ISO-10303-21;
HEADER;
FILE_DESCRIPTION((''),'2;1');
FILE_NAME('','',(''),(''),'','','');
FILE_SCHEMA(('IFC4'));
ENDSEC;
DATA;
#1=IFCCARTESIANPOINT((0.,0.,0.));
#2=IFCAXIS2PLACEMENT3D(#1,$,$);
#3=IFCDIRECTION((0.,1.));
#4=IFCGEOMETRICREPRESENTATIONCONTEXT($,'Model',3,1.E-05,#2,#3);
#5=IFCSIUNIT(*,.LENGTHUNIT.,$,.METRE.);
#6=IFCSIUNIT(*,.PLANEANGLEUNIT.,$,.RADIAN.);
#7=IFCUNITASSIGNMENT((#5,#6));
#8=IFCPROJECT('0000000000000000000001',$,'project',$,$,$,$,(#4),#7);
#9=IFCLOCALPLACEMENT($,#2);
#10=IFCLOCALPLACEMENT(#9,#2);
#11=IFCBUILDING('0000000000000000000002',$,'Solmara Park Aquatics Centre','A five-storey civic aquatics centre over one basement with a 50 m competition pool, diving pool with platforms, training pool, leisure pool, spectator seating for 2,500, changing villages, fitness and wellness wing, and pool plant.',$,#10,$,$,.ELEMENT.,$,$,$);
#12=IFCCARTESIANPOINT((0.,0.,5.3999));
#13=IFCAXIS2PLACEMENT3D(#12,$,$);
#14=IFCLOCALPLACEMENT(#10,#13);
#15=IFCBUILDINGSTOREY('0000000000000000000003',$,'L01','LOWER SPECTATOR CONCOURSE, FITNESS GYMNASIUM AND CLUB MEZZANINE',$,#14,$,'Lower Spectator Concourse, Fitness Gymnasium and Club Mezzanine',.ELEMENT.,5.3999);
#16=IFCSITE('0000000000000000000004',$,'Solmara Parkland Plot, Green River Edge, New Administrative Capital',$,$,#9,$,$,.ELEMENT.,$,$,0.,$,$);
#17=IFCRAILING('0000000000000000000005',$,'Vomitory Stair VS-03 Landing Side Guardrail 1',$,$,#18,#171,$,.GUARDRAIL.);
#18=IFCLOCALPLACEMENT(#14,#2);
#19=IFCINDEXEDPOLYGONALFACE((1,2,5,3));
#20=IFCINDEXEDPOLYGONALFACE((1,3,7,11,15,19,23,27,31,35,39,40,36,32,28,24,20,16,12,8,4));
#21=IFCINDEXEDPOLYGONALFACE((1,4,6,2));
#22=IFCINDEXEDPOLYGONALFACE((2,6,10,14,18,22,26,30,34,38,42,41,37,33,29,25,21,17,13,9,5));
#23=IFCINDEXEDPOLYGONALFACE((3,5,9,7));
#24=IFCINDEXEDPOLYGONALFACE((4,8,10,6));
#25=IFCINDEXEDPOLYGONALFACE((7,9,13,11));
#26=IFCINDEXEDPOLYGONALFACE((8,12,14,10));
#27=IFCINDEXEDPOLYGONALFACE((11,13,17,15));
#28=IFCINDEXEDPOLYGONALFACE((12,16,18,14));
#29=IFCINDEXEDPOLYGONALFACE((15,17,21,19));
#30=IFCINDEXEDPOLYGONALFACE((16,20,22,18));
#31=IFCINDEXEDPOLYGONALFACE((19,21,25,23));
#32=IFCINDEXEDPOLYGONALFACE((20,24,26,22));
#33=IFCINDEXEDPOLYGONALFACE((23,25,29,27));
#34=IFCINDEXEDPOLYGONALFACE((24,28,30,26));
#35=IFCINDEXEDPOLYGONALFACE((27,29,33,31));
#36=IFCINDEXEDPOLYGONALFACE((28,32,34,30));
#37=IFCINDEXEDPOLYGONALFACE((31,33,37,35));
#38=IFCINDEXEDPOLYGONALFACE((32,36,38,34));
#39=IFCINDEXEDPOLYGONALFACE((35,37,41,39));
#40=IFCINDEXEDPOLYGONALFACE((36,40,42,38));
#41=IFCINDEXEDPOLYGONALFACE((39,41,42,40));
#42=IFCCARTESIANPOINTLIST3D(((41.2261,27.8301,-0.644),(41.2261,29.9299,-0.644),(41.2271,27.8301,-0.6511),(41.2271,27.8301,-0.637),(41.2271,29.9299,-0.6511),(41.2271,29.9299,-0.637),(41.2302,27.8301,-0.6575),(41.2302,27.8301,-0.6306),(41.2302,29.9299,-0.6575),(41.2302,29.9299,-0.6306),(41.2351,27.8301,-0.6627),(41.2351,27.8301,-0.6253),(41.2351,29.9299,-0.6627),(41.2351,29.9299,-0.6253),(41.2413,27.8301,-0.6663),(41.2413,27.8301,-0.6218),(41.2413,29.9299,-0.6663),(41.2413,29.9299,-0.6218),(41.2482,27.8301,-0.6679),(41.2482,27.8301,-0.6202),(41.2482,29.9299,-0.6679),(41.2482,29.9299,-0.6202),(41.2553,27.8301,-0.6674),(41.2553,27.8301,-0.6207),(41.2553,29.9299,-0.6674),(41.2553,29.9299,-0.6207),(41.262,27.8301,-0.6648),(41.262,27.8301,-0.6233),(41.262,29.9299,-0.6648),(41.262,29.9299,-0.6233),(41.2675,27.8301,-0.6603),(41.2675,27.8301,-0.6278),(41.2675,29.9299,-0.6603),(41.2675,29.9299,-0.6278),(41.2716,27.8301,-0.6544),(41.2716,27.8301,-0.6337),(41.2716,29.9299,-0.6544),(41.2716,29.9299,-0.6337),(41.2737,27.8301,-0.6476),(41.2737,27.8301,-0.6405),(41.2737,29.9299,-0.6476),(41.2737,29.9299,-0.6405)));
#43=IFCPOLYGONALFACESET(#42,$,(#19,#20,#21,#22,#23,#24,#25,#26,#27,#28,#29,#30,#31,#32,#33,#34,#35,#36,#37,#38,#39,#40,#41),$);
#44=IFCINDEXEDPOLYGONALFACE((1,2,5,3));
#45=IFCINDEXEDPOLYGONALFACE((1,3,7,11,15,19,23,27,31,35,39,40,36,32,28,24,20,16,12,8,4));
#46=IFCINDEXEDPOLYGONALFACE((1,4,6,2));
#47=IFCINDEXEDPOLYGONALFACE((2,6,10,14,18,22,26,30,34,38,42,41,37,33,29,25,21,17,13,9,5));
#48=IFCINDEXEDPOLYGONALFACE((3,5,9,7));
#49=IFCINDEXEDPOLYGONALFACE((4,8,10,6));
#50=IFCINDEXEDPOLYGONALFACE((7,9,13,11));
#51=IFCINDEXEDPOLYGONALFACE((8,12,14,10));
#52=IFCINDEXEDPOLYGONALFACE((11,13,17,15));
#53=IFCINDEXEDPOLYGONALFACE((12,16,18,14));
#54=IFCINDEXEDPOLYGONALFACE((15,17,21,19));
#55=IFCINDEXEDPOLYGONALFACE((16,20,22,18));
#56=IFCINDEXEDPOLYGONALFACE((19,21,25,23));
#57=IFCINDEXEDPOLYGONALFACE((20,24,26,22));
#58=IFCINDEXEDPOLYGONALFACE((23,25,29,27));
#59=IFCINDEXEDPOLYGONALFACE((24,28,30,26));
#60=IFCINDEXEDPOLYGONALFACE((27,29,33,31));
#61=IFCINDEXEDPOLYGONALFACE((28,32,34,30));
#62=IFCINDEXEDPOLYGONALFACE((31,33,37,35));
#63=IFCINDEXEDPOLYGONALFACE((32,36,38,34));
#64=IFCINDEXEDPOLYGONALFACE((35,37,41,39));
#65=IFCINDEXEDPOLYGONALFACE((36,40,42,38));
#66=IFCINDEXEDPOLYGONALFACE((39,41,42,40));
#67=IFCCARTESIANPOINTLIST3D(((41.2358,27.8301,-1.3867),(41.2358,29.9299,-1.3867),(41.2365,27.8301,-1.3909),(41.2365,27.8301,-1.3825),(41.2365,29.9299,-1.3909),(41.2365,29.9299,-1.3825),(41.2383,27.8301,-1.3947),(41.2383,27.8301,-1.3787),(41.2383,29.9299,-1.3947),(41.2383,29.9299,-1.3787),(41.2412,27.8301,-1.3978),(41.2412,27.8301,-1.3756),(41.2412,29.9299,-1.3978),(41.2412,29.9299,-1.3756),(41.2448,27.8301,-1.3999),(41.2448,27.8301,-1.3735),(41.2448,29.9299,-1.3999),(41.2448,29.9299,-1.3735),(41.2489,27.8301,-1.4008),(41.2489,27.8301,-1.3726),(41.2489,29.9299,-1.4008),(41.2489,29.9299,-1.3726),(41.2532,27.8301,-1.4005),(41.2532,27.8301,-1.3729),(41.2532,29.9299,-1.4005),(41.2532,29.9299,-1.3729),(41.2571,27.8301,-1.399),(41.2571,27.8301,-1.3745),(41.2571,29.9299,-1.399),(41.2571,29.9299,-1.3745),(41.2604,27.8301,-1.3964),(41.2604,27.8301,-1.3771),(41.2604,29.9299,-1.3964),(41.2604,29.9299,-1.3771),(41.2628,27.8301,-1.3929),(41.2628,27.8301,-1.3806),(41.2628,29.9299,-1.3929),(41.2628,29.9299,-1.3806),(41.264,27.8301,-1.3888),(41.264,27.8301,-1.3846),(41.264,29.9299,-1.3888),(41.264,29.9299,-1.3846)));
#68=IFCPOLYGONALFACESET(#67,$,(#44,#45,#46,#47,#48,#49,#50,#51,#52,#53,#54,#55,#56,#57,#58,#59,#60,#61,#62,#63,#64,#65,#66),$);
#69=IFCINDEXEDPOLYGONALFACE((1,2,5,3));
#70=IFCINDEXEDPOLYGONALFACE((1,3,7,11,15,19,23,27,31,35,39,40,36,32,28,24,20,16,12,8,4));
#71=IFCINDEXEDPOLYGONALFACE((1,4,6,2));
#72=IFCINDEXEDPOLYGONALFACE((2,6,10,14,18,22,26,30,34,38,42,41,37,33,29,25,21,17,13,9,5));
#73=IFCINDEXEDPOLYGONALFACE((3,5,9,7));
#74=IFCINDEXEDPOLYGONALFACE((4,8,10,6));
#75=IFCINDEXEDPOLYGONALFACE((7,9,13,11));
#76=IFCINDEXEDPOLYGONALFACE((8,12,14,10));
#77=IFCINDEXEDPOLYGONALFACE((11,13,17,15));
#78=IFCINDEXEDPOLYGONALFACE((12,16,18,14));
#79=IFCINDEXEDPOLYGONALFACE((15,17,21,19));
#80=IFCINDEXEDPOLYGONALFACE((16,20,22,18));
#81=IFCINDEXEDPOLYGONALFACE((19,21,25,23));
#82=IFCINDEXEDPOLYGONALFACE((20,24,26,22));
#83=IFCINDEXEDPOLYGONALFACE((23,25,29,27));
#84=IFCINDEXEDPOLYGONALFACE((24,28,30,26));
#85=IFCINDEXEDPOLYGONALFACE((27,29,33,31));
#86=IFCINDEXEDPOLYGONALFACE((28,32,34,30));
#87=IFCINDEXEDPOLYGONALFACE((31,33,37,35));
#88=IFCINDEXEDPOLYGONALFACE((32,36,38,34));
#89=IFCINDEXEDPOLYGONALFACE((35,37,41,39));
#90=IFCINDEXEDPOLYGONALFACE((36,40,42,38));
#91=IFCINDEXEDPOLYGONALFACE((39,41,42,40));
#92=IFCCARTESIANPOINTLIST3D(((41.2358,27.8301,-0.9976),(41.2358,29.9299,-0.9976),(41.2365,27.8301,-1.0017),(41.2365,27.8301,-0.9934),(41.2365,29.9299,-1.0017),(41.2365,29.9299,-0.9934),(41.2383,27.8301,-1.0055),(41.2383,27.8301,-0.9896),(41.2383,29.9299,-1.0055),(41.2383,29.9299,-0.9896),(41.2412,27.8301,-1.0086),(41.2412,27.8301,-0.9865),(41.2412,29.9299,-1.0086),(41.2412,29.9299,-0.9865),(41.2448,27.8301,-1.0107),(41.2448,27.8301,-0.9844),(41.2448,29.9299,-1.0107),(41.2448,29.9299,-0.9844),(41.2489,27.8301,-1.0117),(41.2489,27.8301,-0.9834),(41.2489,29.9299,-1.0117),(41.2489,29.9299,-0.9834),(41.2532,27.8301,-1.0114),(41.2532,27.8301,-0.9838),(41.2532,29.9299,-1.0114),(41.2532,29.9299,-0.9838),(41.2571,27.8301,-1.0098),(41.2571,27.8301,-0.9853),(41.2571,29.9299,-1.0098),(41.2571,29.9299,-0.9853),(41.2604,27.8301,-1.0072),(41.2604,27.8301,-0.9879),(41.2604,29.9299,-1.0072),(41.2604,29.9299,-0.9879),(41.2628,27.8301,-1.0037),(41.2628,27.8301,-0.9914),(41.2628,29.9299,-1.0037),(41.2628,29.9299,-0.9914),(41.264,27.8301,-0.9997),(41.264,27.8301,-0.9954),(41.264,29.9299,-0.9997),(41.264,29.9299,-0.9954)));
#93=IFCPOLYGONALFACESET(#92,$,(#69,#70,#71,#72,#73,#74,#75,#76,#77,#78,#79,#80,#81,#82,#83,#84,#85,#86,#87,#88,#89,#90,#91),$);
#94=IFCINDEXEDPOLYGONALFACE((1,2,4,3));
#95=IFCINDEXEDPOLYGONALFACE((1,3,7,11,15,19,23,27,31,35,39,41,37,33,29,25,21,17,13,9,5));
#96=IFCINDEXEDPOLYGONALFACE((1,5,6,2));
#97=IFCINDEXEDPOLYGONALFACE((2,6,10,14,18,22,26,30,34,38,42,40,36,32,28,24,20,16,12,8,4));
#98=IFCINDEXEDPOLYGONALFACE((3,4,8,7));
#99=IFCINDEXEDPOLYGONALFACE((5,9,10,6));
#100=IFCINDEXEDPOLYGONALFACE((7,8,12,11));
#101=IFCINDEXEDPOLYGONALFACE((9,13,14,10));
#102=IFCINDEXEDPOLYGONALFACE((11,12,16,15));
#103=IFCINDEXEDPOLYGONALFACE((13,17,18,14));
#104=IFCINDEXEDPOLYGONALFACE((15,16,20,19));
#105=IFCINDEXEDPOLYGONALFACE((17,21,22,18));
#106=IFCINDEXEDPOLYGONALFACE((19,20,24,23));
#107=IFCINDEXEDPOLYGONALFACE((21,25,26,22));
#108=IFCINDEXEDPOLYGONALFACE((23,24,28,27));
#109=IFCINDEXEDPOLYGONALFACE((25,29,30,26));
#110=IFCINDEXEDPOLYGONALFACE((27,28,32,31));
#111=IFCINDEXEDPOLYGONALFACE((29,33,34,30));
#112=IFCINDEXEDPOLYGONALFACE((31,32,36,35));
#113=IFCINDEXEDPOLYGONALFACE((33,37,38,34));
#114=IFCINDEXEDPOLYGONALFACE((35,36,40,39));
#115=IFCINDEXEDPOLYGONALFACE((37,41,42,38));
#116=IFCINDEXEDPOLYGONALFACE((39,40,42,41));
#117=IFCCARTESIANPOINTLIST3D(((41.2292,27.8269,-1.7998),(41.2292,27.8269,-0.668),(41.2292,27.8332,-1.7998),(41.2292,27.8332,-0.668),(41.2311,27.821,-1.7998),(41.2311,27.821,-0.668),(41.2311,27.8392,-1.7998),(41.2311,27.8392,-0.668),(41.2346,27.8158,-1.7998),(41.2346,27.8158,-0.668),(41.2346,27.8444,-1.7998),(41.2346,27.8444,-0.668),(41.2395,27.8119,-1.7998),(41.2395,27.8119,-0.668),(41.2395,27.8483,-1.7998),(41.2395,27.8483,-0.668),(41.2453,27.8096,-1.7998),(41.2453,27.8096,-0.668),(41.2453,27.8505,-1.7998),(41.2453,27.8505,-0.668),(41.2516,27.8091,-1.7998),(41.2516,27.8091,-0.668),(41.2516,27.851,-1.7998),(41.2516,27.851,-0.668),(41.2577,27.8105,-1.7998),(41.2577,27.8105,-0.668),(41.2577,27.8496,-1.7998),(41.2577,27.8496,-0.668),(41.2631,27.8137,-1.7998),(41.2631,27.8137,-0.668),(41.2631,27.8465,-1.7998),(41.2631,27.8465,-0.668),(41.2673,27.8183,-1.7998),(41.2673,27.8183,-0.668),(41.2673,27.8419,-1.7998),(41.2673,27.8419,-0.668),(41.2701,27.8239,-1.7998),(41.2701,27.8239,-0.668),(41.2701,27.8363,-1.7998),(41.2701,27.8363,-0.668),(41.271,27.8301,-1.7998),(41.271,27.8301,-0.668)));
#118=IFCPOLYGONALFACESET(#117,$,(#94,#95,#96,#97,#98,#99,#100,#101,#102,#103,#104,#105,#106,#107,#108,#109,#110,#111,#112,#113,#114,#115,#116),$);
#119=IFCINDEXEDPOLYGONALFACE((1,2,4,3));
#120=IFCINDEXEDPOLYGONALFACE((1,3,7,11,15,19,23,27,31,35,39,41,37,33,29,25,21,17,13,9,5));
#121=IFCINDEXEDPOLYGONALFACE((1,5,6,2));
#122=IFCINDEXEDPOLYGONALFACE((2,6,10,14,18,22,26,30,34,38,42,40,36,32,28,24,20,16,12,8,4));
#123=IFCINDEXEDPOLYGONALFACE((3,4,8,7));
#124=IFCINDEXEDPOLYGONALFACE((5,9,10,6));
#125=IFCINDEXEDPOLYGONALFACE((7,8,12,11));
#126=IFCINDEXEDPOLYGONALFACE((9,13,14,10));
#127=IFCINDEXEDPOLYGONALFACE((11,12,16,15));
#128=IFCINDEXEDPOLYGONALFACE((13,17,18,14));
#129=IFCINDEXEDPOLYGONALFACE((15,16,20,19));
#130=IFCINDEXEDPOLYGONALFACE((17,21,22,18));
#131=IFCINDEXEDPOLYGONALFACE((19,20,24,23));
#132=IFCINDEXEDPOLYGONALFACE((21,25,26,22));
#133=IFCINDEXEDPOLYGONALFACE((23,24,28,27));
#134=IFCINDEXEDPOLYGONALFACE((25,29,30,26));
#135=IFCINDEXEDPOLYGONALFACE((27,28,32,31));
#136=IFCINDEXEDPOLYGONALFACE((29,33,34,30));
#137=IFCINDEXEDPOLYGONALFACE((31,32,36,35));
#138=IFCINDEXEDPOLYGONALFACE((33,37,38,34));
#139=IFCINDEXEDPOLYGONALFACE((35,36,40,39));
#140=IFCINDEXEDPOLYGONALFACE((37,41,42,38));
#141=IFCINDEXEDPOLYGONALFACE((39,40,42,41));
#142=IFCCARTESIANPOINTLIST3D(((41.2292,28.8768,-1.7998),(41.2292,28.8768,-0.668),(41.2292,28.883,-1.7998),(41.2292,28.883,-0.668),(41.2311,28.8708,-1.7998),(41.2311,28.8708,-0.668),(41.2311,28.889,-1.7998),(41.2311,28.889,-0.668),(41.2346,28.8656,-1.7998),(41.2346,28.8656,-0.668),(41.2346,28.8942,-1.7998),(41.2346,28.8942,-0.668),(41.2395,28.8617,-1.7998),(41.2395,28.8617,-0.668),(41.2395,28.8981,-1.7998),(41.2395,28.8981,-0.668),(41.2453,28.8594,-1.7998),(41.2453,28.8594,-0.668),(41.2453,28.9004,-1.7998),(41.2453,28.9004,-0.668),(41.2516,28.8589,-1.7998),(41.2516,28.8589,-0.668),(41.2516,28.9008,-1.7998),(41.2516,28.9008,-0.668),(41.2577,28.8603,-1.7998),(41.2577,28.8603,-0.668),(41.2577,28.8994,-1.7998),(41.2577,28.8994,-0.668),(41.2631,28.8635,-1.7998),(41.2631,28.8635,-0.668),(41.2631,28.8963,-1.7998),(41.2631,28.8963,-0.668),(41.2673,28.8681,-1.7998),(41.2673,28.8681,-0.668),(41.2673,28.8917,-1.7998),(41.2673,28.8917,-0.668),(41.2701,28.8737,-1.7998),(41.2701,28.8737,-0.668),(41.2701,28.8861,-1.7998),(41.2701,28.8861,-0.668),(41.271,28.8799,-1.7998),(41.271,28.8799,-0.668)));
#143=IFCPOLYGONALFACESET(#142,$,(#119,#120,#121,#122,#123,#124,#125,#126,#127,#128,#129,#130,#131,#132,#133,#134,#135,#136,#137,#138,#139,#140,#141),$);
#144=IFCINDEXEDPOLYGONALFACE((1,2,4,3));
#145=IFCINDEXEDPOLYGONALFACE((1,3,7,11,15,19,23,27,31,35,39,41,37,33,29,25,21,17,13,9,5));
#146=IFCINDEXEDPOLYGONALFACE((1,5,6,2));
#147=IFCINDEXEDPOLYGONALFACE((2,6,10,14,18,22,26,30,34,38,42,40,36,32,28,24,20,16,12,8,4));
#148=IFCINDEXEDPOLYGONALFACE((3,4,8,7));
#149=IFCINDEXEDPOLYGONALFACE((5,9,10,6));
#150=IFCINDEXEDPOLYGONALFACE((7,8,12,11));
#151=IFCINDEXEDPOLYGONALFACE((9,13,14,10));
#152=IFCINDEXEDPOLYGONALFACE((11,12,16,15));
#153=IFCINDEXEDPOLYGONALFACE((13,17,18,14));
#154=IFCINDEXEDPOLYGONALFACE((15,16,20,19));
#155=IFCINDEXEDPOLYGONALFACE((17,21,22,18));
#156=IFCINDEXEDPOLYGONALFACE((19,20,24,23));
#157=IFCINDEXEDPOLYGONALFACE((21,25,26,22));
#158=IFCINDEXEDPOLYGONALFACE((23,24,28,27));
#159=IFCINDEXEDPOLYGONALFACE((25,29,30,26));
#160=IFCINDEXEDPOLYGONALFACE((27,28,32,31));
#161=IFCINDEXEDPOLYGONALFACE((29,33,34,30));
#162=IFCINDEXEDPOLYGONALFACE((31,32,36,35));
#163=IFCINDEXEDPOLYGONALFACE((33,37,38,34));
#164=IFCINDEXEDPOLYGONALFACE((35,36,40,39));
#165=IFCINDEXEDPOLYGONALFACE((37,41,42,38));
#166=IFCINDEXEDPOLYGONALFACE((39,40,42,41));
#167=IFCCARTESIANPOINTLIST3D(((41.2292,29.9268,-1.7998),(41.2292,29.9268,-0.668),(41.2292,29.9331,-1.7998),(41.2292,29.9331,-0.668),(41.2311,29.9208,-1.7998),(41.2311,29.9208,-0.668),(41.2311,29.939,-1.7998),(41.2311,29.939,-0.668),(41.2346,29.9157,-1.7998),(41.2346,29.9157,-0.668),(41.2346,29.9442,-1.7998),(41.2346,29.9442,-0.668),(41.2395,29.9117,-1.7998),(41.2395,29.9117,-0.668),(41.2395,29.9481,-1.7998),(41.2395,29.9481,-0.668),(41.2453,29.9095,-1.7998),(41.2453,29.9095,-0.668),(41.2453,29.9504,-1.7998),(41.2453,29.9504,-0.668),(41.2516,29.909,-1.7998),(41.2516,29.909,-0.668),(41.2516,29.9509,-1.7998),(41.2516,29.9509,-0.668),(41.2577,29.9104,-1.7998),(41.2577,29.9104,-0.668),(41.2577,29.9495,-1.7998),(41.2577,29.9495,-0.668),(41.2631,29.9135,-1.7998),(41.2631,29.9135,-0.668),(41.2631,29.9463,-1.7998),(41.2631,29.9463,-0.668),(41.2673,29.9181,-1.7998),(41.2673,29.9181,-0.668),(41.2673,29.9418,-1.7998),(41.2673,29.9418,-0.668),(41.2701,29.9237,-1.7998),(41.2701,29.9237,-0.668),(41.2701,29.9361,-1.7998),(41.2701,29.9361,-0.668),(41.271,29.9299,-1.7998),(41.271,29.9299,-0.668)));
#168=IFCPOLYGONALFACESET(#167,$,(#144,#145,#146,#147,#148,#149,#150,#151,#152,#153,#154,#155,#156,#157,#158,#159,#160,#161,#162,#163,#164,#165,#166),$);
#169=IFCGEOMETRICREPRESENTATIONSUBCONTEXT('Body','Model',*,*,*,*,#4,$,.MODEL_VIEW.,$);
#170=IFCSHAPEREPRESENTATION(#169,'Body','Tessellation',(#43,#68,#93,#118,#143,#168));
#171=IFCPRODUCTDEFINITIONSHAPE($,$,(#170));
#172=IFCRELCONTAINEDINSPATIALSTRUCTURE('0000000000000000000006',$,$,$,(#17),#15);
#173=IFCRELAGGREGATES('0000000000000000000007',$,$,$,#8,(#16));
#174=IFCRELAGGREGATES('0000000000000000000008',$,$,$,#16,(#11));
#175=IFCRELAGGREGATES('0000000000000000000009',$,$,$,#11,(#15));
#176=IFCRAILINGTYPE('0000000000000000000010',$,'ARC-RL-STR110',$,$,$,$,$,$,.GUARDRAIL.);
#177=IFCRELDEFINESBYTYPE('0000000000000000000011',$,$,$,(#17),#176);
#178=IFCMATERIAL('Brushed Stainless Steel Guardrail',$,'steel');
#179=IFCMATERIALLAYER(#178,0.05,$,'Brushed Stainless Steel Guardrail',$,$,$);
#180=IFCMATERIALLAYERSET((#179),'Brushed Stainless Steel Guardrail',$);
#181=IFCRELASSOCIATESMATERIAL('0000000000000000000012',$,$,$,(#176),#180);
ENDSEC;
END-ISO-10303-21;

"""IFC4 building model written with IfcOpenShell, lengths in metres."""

from ifc_helpers import new_model, si_unit, direction, frame, origin, origin_2d, place, context, subcontext, project, spatial, circle, extrude, material, layer, layer_set, type_object, element, save


model = new_model("IFC4")

# Units and contexts
model_context = context("Model", 3, precision=1e-05, world=origin(), true_north=direction((0.0, 1.0)))
body_context = subcontext(model_context, "Body", "Model", "MODEL_VIEW")
ifc_project = project(units=[si_unit("LENGTHUNIT", "METRE"), si_unit("PLANEANGLEUNIT", "RADIAN")], contexts=[model_context])

# Site, building, storey
site_placement = place(None, origin())
site = spatial("IfcSite", under=ifc_project, at=site_placement, Name="Solmara Parkland Plot, Green River Edge, New Administrative Capital", CompositionType="ELEMENT", RefElevation=0.0)
building_placement = place(site_placement, origin())
building = spatial("IfcBuilding", under=site, at=building_placement, Name="Solmara Park Aquatics Centre", Description="A five-storey civic aquatics centre over one basement with a 50 m competition pool, diving pool with platforms, training pool, leisure pool, spectator seating for 2,500, changing villages, fitness and wellness wing, and pool plant.", CompositionType="ELEMENT")
storey_placement = place(building_placement, frame((0.0, 0.0, 5.3999)))
storey = spatial("IfcBuildingStorey", under=building, at=storey_placement, Name="L01", Description="LOWER SPECTATOR CONCOURSE, FITNESS GYMNASIUM AND CLUB MEZZANINE", LongName="Lower Spectator Concourse, Fitness Gymnasium and Club Mezzanine", CompositionType="ELEMENT", Elevation=5.3999)

# Railing
ifc_material_1 = material(Name="Brushed Stainless Steel Guardrail", Category="steel")
ifc_layer_1 = layer(ifc_material_1, 0.05, Name="Brushed Stainless Steel Guardrail")
ifc_layer_set_1 = layer_set([ifc_layer_1], Name="Brushed Stainless Steel Guardrail")
railing_type_1 = type_object("IfcRailingType", Name="ARC-RL-STR110", PredefinedType="GUARDRAIL", material=ifc_layer_set_1)
railing_1_placement = place(storey_placement, frame((41.25, 27.8301, -1.7998)))
element("IfcRailing", 1, at=railing_1_placement, inside=storey, type_object=railing_type_1, Name="Vomitory Stair VS-03 Landing Side Guardrail 1", PredefinedType="GUARDRAIL", context=body_context, shape_type="SweptSolid", body=[
    extrude(circle(Radius=0.0239, at=origin_2d()), frame((0.0, 0.0, 1.1558), z_axis=(0.0, 1.0, 0.0), x_axis=(-1.0, 0.0, 0.0)), (0.0, 0.0, 1.0), 2.0999),
    extrude(circle(Radius=0.0142, at=origin_2d()), frame((0.0, 0.0, 0.4131), z_axis=(0.0, 1.0, 0.0), x_axis=(-1.0, 0.0, 0.0)), (0.0, 0.0, 1.0), 2.0999),
    extrude(circle(Radius=0.0142, at=origin_2d()), frame((0.0, 0.0, 0.8022), z_axis=(0.0, 1.0, 0.0), x_axis=(-1.0, 0.0, 0.0)), (0.0, 0.0, 1.0), 2.0999),
    extrude(circle(Radius=0.021, at=origin_2d()), origin(), (0.0, 0.0, 1.0), 1.1318),
    extrude(circle(Radius=0.021, at=origin_2d()), frame((0.0, 1.0498, 0.0)), (0.0, 0.0, 1.0), 1.1318),
    extrude(circle(Radius=0.021, at=origin_2d()), frame((0.0, 2.0999, 0.0)), (0.0, 0.0, 1.0), 1.1318),
])

save(model, "model.ifc")
